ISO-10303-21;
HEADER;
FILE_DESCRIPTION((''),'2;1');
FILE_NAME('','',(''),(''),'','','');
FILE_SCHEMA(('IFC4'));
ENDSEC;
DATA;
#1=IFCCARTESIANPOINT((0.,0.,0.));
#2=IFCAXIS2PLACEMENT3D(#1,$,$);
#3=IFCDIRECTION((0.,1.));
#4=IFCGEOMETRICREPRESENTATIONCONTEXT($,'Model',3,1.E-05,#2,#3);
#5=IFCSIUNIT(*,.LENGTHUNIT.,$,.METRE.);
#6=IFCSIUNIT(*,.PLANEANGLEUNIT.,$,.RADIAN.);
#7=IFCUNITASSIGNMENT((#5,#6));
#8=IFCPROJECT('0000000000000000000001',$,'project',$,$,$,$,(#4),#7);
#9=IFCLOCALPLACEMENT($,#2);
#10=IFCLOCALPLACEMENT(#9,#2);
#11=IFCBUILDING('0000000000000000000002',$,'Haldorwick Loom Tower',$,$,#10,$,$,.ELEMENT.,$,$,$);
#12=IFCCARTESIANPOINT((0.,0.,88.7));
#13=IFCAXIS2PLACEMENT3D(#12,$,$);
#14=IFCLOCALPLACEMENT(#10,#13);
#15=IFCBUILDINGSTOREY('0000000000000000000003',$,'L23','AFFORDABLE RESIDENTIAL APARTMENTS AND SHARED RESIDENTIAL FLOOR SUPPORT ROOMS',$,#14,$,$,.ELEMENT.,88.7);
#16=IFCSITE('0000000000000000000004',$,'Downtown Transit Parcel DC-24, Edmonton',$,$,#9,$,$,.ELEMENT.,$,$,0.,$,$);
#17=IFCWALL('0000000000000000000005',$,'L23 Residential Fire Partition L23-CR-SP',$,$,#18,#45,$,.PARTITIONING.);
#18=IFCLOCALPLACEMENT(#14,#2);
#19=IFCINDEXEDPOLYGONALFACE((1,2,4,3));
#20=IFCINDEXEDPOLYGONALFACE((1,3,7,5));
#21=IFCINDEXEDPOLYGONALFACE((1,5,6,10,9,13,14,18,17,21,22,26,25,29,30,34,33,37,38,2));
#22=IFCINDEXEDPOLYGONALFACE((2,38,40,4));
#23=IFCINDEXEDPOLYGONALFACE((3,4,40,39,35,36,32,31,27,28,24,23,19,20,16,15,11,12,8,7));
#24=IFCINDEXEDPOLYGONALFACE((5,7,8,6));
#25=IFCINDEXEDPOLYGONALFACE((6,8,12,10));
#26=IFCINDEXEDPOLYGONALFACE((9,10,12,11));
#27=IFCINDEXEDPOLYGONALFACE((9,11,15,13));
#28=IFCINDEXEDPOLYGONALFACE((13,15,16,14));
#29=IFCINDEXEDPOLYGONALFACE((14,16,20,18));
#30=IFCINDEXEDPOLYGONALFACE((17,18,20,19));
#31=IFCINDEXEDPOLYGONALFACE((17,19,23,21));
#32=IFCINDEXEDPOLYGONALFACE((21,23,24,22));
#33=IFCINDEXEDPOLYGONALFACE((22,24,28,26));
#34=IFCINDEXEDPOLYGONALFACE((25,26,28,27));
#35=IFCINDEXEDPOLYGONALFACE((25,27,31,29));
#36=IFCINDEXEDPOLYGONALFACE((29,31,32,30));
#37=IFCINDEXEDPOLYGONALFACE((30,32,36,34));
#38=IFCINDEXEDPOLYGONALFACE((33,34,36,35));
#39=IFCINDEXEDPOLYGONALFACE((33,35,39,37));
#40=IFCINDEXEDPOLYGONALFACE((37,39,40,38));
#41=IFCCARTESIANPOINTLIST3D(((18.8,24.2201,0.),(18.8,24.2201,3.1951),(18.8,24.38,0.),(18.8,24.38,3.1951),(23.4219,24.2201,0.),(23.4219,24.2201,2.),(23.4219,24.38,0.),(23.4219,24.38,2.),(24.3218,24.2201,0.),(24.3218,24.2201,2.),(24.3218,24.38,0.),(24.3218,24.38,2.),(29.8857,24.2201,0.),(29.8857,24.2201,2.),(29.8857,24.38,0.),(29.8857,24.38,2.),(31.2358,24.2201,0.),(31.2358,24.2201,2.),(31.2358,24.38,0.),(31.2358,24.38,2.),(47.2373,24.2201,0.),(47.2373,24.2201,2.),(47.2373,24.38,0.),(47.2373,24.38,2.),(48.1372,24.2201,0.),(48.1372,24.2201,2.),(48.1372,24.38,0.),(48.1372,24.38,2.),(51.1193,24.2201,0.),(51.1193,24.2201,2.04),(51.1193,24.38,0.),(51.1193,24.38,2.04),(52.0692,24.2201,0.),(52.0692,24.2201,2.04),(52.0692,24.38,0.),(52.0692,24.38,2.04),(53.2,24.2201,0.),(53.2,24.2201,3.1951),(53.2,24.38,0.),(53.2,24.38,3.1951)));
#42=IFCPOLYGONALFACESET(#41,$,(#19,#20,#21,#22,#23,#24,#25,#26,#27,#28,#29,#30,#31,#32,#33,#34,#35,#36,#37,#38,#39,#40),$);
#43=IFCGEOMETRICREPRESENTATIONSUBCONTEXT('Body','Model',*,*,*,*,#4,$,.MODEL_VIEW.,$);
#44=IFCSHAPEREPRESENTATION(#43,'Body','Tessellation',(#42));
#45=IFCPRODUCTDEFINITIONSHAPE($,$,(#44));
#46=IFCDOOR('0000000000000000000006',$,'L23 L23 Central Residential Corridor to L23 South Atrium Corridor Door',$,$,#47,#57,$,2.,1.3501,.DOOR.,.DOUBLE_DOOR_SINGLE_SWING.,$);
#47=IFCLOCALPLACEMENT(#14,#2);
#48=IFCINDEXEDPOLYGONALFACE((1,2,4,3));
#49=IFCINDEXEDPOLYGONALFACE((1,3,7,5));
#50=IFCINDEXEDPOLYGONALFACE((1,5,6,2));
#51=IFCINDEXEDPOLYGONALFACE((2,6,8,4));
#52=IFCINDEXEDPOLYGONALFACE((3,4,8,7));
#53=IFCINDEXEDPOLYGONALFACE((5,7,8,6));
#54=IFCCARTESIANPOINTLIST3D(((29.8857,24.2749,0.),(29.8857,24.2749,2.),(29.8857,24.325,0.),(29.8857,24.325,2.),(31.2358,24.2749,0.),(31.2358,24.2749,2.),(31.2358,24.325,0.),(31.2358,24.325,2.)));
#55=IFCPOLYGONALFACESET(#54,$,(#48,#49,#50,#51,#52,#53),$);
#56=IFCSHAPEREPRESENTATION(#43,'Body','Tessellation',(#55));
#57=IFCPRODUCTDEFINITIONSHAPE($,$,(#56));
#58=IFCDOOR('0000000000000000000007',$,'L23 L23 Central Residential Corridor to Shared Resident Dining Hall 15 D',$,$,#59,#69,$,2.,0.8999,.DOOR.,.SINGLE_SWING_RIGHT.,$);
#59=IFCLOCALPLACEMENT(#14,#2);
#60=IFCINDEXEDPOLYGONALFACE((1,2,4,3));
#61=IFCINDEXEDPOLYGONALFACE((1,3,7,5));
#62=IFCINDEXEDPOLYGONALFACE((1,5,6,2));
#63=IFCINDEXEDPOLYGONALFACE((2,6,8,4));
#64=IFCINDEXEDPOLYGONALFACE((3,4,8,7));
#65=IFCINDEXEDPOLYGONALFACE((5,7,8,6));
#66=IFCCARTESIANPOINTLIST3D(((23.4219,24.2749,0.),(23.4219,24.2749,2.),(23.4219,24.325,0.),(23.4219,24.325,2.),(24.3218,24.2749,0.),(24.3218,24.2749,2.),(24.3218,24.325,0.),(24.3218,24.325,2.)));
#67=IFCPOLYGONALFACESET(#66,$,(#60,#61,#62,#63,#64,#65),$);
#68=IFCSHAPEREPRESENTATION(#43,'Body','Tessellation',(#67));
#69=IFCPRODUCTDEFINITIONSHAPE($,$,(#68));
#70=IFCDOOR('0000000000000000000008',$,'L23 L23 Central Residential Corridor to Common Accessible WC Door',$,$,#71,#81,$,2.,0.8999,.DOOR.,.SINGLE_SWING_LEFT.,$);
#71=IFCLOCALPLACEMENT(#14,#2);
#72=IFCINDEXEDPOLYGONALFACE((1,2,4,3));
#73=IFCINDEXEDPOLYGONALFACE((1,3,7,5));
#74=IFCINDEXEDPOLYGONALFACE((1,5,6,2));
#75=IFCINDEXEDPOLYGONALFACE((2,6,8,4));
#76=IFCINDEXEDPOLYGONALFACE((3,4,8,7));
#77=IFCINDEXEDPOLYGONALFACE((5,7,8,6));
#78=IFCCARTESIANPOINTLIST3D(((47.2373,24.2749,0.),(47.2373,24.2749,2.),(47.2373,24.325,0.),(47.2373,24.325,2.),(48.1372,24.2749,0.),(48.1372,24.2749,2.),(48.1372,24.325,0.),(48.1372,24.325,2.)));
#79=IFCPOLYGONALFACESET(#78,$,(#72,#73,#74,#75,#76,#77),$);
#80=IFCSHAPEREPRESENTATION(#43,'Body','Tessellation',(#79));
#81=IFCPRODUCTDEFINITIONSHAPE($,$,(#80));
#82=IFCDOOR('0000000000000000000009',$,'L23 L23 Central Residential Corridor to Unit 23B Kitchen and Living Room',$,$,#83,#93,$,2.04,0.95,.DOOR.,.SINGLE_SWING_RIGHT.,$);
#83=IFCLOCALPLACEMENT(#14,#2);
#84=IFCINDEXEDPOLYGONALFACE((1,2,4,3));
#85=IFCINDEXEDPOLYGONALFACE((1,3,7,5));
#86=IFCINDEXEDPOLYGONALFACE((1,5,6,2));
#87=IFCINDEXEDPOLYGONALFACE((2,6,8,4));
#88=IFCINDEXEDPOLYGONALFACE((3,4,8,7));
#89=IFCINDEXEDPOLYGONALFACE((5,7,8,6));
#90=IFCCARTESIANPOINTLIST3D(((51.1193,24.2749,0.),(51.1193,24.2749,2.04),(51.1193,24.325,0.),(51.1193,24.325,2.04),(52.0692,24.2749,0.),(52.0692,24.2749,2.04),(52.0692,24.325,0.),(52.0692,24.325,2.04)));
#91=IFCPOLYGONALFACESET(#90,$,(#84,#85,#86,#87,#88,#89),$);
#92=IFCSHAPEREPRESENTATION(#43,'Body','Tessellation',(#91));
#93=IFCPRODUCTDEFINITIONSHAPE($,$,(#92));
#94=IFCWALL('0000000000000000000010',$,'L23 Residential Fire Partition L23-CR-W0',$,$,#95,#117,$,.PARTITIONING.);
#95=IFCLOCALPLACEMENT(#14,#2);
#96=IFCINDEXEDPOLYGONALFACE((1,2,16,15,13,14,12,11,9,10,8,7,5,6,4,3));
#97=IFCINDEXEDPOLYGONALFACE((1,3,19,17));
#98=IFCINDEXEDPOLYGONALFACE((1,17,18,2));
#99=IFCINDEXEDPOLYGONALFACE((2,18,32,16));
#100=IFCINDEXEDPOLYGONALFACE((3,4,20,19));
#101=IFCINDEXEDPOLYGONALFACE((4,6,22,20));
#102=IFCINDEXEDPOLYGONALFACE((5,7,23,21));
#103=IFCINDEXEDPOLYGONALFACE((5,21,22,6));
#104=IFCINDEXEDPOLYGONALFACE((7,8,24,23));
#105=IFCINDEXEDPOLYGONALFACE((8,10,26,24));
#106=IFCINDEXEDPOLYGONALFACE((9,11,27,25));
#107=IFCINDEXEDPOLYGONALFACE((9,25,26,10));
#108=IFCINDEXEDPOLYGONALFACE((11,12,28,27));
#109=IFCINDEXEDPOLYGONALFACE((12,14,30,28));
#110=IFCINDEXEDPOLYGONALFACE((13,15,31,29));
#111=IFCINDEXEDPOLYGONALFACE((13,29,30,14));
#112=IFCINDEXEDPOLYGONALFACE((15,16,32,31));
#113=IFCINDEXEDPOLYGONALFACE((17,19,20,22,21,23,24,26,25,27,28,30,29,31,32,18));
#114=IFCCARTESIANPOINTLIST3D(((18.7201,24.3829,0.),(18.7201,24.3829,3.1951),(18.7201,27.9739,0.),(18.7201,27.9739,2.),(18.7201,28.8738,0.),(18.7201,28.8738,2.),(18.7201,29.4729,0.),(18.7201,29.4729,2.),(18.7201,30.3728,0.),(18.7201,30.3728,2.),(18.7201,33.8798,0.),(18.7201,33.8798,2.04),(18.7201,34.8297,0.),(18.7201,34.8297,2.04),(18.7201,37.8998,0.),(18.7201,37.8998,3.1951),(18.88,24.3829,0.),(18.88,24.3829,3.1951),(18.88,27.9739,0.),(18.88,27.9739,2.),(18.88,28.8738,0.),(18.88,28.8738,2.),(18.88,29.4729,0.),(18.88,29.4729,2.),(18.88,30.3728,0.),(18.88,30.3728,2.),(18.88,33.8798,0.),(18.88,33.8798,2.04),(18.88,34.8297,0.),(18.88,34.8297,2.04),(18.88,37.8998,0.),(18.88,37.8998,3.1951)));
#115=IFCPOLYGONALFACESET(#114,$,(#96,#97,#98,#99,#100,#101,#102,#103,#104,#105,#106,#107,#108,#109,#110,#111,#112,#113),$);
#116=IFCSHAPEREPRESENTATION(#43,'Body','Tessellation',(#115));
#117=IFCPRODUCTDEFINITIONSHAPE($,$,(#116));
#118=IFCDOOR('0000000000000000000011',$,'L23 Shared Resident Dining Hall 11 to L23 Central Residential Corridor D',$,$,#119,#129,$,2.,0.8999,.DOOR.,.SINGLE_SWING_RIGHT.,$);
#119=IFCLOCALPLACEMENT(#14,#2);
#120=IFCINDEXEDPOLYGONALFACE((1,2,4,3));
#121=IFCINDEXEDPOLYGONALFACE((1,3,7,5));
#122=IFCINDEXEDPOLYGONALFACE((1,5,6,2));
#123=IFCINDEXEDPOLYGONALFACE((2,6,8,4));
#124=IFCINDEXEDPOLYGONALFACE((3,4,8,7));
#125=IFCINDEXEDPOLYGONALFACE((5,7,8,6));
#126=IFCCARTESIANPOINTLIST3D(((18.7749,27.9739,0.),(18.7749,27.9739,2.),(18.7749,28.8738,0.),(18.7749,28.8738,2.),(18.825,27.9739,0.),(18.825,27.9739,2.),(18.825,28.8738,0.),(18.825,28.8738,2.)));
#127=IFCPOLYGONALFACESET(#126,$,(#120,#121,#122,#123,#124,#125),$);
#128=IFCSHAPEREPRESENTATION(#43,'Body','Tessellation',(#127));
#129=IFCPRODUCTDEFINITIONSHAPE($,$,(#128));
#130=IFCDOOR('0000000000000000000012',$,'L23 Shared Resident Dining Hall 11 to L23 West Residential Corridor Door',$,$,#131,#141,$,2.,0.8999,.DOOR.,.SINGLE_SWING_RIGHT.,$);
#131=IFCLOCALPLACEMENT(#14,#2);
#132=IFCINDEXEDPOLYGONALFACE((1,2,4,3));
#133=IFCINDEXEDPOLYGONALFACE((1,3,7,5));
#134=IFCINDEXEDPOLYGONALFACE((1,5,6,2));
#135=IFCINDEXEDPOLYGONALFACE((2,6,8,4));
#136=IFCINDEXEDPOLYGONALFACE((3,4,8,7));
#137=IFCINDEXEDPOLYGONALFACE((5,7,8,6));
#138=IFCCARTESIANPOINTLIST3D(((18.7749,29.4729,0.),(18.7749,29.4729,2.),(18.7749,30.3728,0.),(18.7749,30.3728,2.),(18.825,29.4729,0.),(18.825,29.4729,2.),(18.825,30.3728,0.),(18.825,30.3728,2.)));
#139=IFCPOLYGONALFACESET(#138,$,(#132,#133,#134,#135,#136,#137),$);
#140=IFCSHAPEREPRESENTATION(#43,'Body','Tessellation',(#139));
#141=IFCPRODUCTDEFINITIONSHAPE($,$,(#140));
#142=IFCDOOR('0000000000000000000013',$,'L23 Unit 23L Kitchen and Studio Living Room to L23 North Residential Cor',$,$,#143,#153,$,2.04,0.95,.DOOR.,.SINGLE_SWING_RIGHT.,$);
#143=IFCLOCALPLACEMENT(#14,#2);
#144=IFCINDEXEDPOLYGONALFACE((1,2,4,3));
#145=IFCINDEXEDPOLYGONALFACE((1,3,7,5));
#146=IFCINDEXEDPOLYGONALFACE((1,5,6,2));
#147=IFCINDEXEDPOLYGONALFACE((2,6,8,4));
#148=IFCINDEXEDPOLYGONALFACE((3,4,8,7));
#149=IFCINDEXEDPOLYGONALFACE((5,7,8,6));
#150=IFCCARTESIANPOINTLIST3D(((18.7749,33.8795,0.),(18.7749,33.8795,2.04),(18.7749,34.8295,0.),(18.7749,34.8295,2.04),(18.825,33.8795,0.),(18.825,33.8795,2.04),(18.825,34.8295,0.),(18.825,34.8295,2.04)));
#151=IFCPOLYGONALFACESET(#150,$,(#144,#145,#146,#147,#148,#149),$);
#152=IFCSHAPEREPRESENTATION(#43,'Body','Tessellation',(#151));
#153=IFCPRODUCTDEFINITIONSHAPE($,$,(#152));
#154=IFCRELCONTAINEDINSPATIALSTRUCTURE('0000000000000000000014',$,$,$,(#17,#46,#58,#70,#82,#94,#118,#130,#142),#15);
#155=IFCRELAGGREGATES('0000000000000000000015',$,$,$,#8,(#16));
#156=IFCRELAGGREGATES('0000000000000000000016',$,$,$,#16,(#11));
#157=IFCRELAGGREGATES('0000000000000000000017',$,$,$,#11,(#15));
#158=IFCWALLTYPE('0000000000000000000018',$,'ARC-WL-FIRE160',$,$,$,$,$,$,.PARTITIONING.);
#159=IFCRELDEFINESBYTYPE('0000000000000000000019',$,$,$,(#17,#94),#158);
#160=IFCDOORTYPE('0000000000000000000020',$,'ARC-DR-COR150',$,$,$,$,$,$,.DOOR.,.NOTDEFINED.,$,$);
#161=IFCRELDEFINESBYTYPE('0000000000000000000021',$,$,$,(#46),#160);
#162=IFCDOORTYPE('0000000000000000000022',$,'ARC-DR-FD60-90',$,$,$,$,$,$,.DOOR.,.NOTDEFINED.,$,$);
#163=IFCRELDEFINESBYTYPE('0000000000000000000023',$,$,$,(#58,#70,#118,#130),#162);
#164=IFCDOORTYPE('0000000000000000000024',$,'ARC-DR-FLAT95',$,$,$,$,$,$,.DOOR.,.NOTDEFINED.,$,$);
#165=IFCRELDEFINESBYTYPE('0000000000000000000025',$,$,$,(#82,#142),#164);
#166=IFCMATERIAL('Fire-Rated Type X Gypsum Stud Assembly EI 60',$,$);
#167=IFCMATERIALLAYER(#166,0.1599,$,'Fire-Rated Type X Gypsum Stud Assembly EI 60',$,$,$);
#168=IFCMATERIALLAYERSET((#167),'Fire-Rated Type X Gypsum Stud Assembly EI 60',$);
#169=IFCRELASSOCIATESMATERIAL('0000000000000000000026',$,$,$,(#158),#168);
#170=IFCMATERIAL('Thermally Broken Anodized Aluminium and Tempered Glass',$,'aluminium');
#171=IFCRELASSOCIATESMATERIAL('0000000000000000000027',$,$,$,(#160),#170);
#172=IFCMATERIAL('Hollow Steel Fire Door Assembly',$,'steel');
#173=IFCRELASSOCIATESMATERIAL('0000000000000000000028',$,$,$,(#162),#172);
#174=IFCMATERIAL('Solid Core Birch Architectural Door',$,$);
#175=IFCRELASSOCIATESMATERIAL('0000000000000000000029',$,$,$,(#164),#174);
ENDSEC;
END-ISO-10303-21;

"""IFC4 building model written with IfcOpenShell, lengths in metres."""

from ifc_helpers import new_model, si_unit, direction, frame, frame_2d, origin, place, context, subcontext, project, spatial, rectangle, extrude, material, layer, layer_set, type_object, element, fill, save


model = new_model("IFC4")

# Units and contexts
model_context = context("Model", 3, precision=1e-05, world=origin(), true_north=direction((0.0, 1.0)))
body_context = subcontext(model_context, "Body", "Model", "MODEL_VIEW")
ifc_project = project(units=[si_unit("LENGTHUNIT", "METRE"), si_unit("PLANEANGLEUNIT", "RADIAN")], contexts=[model_context])

# Site, building, storey
site_placement = place(None, origin())
site = spatial("IfcSite", under=ifc_project, at=site_placement, Name="Downtown Transit Parcel DC-24, Edmonton", CompositionType="ELEMENT", RefElevation=0.0)
building_placement = place(site_placement, origin())
building = spatial("IfcBuilding", under=site, at=building_placement, Name="Haldorwick Loom Tower", CompositionType="ELEMENT")
storey_placement = place(building_placement, frame((0.0, 0.0, 88.7)))
storey = spatial("IfcBuildingStorey", under=building, at=storey_placement, Name="L23", Description="AFFORDABLE RESIDENTIAL APARTMENTS AND SHARED RESIDENTIAL FLOOR SUPPORT ROOMS", CompositionType="ELEMENT", Elevation=88.7)

# Walls, openings, doors
ifc_material_1 = material(Name="Fire-Rated Type X Gypsum Stud Assembly EI 60")
ifc_layer_1 = layer(ifc_material_1, 0.1599, Name="Fire-Rated Type X Gypsum Stud Assembly EI 60")
ifc_layer_set_1 = layer_set([ifc_layer_1], Name="Fire-Rated Type X Gypsum Stud Assembly EI 60")
wall_type_1 = type_object("IfcWallType", Name="ARC-WL-FIRE160", PredefinedType="PARTITIONING", material=ifc_layer_set_1)
wall_1_placement = place(storey_placement, frame((18.8, 24.3, 0.0), z_axis=(0.0, 0.0, 1.0), x_axis=(1.0, 0.0, 0.0)))
wall_1 = element("IfcWall", 1, at=wall_1_placement, inside=storey, type_object=wall_type_1, Name="L23 Residential Fire Partition L23-CR-SP", PredefinedType="PARTITIONING", context=body_context, shape_type="SweptSolid", body=[
    extrude(rectangle(XDim=34.3999, YDim=0.1599, at=frame_2d((17.2, 0.0))), origin(), (0.0, 0.0, 1.0), 3.1951),
])
opening_1_placement = place(wall_1_placement, frame((11.0857, 0.0, 0.0)))
opening_1 = element("IfcOpeningElement", 2, at=opening_1_placement, cuts=wall_1, PredefinedType="OPENING", context=body_context, shape_type="SweptSolid", body=[
    extrude(rectangle(XDim=1.3501, YDim=2.0, at=frame_2d((0.675, 1.0))), frame((0.0, 0.0898, 0.0), z_axis=(0.0, -1.0, 0.0), x_axis=(1.0, 0.0, 0.0)), (0.0, 0.0, 1.0), 0.1799),
])
opening_2_placement = place(wall_1_placement, frame((4.6218, 0.0, 0.0)))
opening_2 = element("IfcOpeningElement", 3, at=opening_2_placement, cuts=wall_1, PredefinedType="OPENING", context=body_context, shape_type="SweptSolid", body=[
    extrude(rectangle(XDim=0.8999, YDim=2.0, at=frame_2d((0.45, 1.0))), frame((0.0, 0.0898, 0.0), z_axis=(0.0, -1.0, 0.0), x_axis=(1.0, 0.0, 0.0)), (0.0, 0.0, 1.0), 0.1799),
])
opening_3_placement = place(wall_1_placement, frame((28.4373, 0.0, 0.0)))
opening_3 = element("IfcOpeningElement", 4, at=opening_3_placement, cuts=wall_1, PredefinedType="OPENING", context=body_context, shape_type="SweptSolid", body=[
    extrude(rectangle(XDim=0.8999, YDim=2.0, at=frame_2d((0.45, 1.0))), frame((0.0, 0.0898, 0.0), z_axis=(0.0, -1.0, 0.0), x_axis=(1.0, 0.0, 0.0)), (0.0, 0.0, 1.0), 0.1799),
])
opening_4_placement = place(wall_1_placement, frame((32.3191, 0.0, 0.0)))
opening_4 = element("IfcOpeningElement", 5, at=opening_4_placement, cuts=wall_1, PredefinedType="OPENING", context=body_context, shape_type="SweptSolid", body=[
    extrude(rectangle(XDim=0.95, YDim=2.04, at=frame_2d((0.4751, 1.02))), frame((0.0, 0.0898, 0.0), z_axis=(0.0, -1.0, 0.0), x_axis=(1.0, 0.0, 0.0)), (0.0, 0.0, 1.0), 0.1799),
])
ifc_material_2 = material(Name="Thermally Broken Anodized Aluminium and Tempered Glass", Category="aluminium")
door_type_1 = type_object("IfcDoorType", Name="ARC-DR-COR150", OperationType="NOTDEFINED", PredefinedType="DOOR", material=ifc_material_2)
door_1_placement = place(opening_1_placement, origin())
door_1 = element("IfcDoor", 6, at=door_1_placement, inside=storey, type_object=door_type_1, Name="L23 L23 Central Residential Corridor to L23 South Atrium Corridor Door", OperationType="DOUBLE_DOOR_SINGLE_SWING", OverallHeight=2.0, OverallWidth=1.3501, PredefinedType="DOOR", context=body_context, shape_type="SweptSolid", body=[
    extrude(rectangle(XDim=1.3501, YDim=2.0, at=frame_2d((0.675, 1.0))), frame((0.0, 0.0249, 0.0), z_axis=(0.0, -1.0, 0.0), x_axis=(1.0, 0.0, 0.0)), (0.0, 0.0, 1.0), 0.05),
])
fill(opening_1, door_1)
ifc_material_3 = material(Name="Hollow Steel Fire Door Assembly", Category="steel")
door_type_2 = type_object("IfcDoorType", Name="ARC-DR-FD60-90", OperationType="NOTDEFINED", PredefinedType="DOOR", material=ifc_material_3)
door_2_placement = place(opening_2_placement, origin())
door_2 = element("IfcDoor", 7, at=door_2_placement, inside=storey, type_object=door_type_2, Name="L23 L23 Central Residential Corridor to Shared Resident Dining Hall 15 D", OperationType="SINGLE_SWING_RIGHT", OverallHeight=2.0, OverallWidth=0.8999, PredefinedType="DOOR", context=body_context, shape_type="SweptSolid", body=[
    extrude(rectangle(XDim=0.8999, YDim=2.0, at=frame_2d((0.45, 1.0))), frame((0.0, 0.0249, 0.0), z_axis=(0.0, -1.0, 0.0), x_axis=(1.0, 0.0, 0.0)), (0.0, 0.0, 1.0), 0.05),
])
fill(opening_2, door_2)
door_3_placement = place(opening_3_placement, origin())
door_3 = element("IfcDoor", 8, at=door_3_placement, inside=storey, type_object=door_type_2, Name="L23 L23 Central Residential Corridor to Common Accessible WC Door", OperationType="SINGLE_SWING_LEFT", OverallHeight=2.0, OverallWidth=0.8999, PredefinedType="DOOR", context=body_context, shape_type="SweptSolid", body=[
    extrude(rectangle(XDim=0.8999, YDim=2.0, at=frame_2d((0.45, 1.0))), frame((0.0, 0.0249, 0.0), z_axis=(0.0, -1.0, 0.0), x_axis=(1.0, 0.0, 0.0)), (0.0, 0.0, 1.0), 0.05),
])
fill(opening_3, door_3)
ifc_material_4 = material(Name="Solid Core Birch Architectural Door")
door_type_3 = type_object("IfcDoorType", Name="ARC-DR-FLAT95", OperationType="NOTDEFINED", PredefinedType="DOOR", material=ifc_material_4)
door_4_placement = place(opening_4_placement, origin())
door_4 = element("IfcDoor", 9, at=door_4_placement, inside=storey, type_object=door_type_3, Name="L23 L23 Central Residential Corridor to Unit 23B Kitchen and Living Room", OperationType="SINGLE_SWING_RIGHT", OverallHeight=2.04, OverallWidth=0.95, PredefinedType="DOOR", context=body_context, shape_type="SweptSolid", body=[
    extrude(rectangle(XDim=0.95, YDim=2.04, at=frame_2d((0.4751, 1.02))), frame((0.0, 0.0249, 0.0), z_axis=(0.0, -1.0, 0.0), x_axis=(1.0, 0.0, 0.0)), (0.0, 0.0, 1.0), 0.05),
])
fill(opening_4, door_4)
wall_2_placement = place(storey_placement, frame((18.8, 24.3831, 0.0), z_axis=(0.0, 0.0, 1.0), x_axis=(0.0, 1.0, 0.0)))
wall_2 = element("IfcWall", 10, at=wall_2_placement, inside=storey, type_object=wall_type_1, Name="L23 Residential Fire Partition L23-CR-W0", PredefinedType="PARTITIONING", context=body_context, shape_type="SweptSolid", body=[
    extrude(rectangle(XDim=13.5168, YDim=0.1599, at=frame_2d((6.7583, 0.0))), origin(), (0.0, 0.0, 1.0), 3.1951),
])
opening_5_placement = place(wall_2_placement, frame((3.5908, 0.0, 0.0)))
opening_5 = element("IfcOpeningElement", 11, at=opening_5_placement, cuts=wall_2, PredefinedType="OPENING", context=body_context, shape_type="SweptSolid", body=[
    extrude(rectangle(XDim=0.8999, YDim=2.0, at=frame_2d((0.45, 1.0))), frame((0.0, 0.0898, 0.0), z_axis=(0.0, -1.0, 0.0), x_axis=(1.0, 0.0, 0.0)), (0.0, 0.0, 1.0), 0.1799),
])
opening_6_placement = place(wall_2_placement, frame((9.4966, 0.0, 0.0)))
opening_6 = element("IfcOpeningElement", 12, at=opening_6_placement, cuts=wall_2, PredefinedType="OPENING", context=body_context, shape_type="SweptSolid", body=[
    extrude(rectangle(XDim=0.95, YDim=2.04, at=frame_2d((0.4751, 1.02))), frame((0.0, 0.0898, 0.0), z_axis=(0.0, -1.0, 0.0), x_axis=(1.0, 0.0, 0.0)), (0.0, 0.0, 1.0), 0.1799),
])
opening_7_placement = place(wall_2_placement, frame((5.0898, 0.0, 0.0)))
opening_7 = element("IfcOpeningElement", 13, at=opening_7_placement, cuts=wall_2, PredefinedType="OPENING", context=body_context, shape_type="SweptSolid", body=[
    extrude(rectangle(XDim=0.8999, YDim=2.0, at=frame_2d((0.45, 1.0))), frame((0.0, 0.0898, 0.0), z_axis=(0.0, -1.0, 0.0), x_axis=(1.0, 0.0, 0.0)), (0.0, 0.0, 1.0), 0.1799),
])
door_5_placement = place(opening_5_placement, frame((0.8999, 0.0, 0.0), z_axis=(0.0, 0.0, 1.0), x_axis=(-1.0, 0.0, 0.0)))
door_5 = element("IfcDoor", 14, at=door_5_placement, inside=storey, type_object=door_type_2, Name="L23 Shared Resident Dining Hall 11 to L23 Central Residential Corridor D", OperationType="SINGLE_SWING_RIGHT", OverallHeight=2.0, OverallWidth=0.8999, PredefinedType="DOOR", context=body_context, shape_type="SweptSolid", body=[
    extrude(rectangle(XDim=0.8999, YDim=2.0, at=frame_2d((0.45, 1.0))), frame((0.0, 0.0249, 0.0), z_axis=(0.0, -1.0, 0.0), x_axis=(1.0, 0.0, 0.0)), (0.0, 0.0, 1.0), 0.05),
])
fill(opening_5, door_5)
door_6_placement = place(opening_7_placement, frame((0.8999, 0.0, 0.0), z_axis=(0.0, 0.0, 1.0), x_axis=(-1.0, 0.0, 0.0)))
door_6 = element("IfcDoor", 15, at=door_6_placement, inside=storey, type_object=door_type_2, Name="L23 Shared Resident Dining Hall 11 to L23 West Residential Corridor Door", OperationType="SINGLE_SWING_RIGHT", OverallHeight=2.0, OverallWidth=0.8999, PredefinedType="DOOR", context=body_context, shape_type="SweptSolid", body=[
    extrude(rectangle(XDim=0.8999, YDim=2.0, at=frame_2d((0.45, 1.0))), frame((0.0, 0.0249, 0.0), z_axis=(0.0, -1.0, 0.0), x_axis=(1.0, 0.0, 0.0)), (0.0, 0.0, 1.0), 0.05),
])
fill(opening_7, door_6)
door_7_placement = place(opening_6_placement, frame((0.95, 0.0, 0.0), z_axis=(0.0, 0.0, 1.0), x_axis=(-1.0, 0.0, 0.0)))
door_7 = element("IfcDoor", 16, at=door_7_placement, inside=storey, type_object=door_type_3, Name="L23 Unit 23L Kitchen and Studio Living Room to L23 North Residential Cor", OperationType="SINGLE_SWING_RIGHT", OverallHeight=2.04, OverallWidth=0.95, PredefinedType="DOOR", context=body_context, shape_type="SweptSolid", body=[
    extrude(rectangle(XDim=0.95, YDim=2.04, at=frame_2d((0.4751, 1.02))), frame((0.0, 0.0249, 0.0), z_axis=(0.0, -1.0, 0.0), x_axis=(1.0, 0.0, 0.0)), (0.0, 0.0, 1.0), 0.05),
])
fill(opening_6, door_7)

save(model, "model.ifc")
